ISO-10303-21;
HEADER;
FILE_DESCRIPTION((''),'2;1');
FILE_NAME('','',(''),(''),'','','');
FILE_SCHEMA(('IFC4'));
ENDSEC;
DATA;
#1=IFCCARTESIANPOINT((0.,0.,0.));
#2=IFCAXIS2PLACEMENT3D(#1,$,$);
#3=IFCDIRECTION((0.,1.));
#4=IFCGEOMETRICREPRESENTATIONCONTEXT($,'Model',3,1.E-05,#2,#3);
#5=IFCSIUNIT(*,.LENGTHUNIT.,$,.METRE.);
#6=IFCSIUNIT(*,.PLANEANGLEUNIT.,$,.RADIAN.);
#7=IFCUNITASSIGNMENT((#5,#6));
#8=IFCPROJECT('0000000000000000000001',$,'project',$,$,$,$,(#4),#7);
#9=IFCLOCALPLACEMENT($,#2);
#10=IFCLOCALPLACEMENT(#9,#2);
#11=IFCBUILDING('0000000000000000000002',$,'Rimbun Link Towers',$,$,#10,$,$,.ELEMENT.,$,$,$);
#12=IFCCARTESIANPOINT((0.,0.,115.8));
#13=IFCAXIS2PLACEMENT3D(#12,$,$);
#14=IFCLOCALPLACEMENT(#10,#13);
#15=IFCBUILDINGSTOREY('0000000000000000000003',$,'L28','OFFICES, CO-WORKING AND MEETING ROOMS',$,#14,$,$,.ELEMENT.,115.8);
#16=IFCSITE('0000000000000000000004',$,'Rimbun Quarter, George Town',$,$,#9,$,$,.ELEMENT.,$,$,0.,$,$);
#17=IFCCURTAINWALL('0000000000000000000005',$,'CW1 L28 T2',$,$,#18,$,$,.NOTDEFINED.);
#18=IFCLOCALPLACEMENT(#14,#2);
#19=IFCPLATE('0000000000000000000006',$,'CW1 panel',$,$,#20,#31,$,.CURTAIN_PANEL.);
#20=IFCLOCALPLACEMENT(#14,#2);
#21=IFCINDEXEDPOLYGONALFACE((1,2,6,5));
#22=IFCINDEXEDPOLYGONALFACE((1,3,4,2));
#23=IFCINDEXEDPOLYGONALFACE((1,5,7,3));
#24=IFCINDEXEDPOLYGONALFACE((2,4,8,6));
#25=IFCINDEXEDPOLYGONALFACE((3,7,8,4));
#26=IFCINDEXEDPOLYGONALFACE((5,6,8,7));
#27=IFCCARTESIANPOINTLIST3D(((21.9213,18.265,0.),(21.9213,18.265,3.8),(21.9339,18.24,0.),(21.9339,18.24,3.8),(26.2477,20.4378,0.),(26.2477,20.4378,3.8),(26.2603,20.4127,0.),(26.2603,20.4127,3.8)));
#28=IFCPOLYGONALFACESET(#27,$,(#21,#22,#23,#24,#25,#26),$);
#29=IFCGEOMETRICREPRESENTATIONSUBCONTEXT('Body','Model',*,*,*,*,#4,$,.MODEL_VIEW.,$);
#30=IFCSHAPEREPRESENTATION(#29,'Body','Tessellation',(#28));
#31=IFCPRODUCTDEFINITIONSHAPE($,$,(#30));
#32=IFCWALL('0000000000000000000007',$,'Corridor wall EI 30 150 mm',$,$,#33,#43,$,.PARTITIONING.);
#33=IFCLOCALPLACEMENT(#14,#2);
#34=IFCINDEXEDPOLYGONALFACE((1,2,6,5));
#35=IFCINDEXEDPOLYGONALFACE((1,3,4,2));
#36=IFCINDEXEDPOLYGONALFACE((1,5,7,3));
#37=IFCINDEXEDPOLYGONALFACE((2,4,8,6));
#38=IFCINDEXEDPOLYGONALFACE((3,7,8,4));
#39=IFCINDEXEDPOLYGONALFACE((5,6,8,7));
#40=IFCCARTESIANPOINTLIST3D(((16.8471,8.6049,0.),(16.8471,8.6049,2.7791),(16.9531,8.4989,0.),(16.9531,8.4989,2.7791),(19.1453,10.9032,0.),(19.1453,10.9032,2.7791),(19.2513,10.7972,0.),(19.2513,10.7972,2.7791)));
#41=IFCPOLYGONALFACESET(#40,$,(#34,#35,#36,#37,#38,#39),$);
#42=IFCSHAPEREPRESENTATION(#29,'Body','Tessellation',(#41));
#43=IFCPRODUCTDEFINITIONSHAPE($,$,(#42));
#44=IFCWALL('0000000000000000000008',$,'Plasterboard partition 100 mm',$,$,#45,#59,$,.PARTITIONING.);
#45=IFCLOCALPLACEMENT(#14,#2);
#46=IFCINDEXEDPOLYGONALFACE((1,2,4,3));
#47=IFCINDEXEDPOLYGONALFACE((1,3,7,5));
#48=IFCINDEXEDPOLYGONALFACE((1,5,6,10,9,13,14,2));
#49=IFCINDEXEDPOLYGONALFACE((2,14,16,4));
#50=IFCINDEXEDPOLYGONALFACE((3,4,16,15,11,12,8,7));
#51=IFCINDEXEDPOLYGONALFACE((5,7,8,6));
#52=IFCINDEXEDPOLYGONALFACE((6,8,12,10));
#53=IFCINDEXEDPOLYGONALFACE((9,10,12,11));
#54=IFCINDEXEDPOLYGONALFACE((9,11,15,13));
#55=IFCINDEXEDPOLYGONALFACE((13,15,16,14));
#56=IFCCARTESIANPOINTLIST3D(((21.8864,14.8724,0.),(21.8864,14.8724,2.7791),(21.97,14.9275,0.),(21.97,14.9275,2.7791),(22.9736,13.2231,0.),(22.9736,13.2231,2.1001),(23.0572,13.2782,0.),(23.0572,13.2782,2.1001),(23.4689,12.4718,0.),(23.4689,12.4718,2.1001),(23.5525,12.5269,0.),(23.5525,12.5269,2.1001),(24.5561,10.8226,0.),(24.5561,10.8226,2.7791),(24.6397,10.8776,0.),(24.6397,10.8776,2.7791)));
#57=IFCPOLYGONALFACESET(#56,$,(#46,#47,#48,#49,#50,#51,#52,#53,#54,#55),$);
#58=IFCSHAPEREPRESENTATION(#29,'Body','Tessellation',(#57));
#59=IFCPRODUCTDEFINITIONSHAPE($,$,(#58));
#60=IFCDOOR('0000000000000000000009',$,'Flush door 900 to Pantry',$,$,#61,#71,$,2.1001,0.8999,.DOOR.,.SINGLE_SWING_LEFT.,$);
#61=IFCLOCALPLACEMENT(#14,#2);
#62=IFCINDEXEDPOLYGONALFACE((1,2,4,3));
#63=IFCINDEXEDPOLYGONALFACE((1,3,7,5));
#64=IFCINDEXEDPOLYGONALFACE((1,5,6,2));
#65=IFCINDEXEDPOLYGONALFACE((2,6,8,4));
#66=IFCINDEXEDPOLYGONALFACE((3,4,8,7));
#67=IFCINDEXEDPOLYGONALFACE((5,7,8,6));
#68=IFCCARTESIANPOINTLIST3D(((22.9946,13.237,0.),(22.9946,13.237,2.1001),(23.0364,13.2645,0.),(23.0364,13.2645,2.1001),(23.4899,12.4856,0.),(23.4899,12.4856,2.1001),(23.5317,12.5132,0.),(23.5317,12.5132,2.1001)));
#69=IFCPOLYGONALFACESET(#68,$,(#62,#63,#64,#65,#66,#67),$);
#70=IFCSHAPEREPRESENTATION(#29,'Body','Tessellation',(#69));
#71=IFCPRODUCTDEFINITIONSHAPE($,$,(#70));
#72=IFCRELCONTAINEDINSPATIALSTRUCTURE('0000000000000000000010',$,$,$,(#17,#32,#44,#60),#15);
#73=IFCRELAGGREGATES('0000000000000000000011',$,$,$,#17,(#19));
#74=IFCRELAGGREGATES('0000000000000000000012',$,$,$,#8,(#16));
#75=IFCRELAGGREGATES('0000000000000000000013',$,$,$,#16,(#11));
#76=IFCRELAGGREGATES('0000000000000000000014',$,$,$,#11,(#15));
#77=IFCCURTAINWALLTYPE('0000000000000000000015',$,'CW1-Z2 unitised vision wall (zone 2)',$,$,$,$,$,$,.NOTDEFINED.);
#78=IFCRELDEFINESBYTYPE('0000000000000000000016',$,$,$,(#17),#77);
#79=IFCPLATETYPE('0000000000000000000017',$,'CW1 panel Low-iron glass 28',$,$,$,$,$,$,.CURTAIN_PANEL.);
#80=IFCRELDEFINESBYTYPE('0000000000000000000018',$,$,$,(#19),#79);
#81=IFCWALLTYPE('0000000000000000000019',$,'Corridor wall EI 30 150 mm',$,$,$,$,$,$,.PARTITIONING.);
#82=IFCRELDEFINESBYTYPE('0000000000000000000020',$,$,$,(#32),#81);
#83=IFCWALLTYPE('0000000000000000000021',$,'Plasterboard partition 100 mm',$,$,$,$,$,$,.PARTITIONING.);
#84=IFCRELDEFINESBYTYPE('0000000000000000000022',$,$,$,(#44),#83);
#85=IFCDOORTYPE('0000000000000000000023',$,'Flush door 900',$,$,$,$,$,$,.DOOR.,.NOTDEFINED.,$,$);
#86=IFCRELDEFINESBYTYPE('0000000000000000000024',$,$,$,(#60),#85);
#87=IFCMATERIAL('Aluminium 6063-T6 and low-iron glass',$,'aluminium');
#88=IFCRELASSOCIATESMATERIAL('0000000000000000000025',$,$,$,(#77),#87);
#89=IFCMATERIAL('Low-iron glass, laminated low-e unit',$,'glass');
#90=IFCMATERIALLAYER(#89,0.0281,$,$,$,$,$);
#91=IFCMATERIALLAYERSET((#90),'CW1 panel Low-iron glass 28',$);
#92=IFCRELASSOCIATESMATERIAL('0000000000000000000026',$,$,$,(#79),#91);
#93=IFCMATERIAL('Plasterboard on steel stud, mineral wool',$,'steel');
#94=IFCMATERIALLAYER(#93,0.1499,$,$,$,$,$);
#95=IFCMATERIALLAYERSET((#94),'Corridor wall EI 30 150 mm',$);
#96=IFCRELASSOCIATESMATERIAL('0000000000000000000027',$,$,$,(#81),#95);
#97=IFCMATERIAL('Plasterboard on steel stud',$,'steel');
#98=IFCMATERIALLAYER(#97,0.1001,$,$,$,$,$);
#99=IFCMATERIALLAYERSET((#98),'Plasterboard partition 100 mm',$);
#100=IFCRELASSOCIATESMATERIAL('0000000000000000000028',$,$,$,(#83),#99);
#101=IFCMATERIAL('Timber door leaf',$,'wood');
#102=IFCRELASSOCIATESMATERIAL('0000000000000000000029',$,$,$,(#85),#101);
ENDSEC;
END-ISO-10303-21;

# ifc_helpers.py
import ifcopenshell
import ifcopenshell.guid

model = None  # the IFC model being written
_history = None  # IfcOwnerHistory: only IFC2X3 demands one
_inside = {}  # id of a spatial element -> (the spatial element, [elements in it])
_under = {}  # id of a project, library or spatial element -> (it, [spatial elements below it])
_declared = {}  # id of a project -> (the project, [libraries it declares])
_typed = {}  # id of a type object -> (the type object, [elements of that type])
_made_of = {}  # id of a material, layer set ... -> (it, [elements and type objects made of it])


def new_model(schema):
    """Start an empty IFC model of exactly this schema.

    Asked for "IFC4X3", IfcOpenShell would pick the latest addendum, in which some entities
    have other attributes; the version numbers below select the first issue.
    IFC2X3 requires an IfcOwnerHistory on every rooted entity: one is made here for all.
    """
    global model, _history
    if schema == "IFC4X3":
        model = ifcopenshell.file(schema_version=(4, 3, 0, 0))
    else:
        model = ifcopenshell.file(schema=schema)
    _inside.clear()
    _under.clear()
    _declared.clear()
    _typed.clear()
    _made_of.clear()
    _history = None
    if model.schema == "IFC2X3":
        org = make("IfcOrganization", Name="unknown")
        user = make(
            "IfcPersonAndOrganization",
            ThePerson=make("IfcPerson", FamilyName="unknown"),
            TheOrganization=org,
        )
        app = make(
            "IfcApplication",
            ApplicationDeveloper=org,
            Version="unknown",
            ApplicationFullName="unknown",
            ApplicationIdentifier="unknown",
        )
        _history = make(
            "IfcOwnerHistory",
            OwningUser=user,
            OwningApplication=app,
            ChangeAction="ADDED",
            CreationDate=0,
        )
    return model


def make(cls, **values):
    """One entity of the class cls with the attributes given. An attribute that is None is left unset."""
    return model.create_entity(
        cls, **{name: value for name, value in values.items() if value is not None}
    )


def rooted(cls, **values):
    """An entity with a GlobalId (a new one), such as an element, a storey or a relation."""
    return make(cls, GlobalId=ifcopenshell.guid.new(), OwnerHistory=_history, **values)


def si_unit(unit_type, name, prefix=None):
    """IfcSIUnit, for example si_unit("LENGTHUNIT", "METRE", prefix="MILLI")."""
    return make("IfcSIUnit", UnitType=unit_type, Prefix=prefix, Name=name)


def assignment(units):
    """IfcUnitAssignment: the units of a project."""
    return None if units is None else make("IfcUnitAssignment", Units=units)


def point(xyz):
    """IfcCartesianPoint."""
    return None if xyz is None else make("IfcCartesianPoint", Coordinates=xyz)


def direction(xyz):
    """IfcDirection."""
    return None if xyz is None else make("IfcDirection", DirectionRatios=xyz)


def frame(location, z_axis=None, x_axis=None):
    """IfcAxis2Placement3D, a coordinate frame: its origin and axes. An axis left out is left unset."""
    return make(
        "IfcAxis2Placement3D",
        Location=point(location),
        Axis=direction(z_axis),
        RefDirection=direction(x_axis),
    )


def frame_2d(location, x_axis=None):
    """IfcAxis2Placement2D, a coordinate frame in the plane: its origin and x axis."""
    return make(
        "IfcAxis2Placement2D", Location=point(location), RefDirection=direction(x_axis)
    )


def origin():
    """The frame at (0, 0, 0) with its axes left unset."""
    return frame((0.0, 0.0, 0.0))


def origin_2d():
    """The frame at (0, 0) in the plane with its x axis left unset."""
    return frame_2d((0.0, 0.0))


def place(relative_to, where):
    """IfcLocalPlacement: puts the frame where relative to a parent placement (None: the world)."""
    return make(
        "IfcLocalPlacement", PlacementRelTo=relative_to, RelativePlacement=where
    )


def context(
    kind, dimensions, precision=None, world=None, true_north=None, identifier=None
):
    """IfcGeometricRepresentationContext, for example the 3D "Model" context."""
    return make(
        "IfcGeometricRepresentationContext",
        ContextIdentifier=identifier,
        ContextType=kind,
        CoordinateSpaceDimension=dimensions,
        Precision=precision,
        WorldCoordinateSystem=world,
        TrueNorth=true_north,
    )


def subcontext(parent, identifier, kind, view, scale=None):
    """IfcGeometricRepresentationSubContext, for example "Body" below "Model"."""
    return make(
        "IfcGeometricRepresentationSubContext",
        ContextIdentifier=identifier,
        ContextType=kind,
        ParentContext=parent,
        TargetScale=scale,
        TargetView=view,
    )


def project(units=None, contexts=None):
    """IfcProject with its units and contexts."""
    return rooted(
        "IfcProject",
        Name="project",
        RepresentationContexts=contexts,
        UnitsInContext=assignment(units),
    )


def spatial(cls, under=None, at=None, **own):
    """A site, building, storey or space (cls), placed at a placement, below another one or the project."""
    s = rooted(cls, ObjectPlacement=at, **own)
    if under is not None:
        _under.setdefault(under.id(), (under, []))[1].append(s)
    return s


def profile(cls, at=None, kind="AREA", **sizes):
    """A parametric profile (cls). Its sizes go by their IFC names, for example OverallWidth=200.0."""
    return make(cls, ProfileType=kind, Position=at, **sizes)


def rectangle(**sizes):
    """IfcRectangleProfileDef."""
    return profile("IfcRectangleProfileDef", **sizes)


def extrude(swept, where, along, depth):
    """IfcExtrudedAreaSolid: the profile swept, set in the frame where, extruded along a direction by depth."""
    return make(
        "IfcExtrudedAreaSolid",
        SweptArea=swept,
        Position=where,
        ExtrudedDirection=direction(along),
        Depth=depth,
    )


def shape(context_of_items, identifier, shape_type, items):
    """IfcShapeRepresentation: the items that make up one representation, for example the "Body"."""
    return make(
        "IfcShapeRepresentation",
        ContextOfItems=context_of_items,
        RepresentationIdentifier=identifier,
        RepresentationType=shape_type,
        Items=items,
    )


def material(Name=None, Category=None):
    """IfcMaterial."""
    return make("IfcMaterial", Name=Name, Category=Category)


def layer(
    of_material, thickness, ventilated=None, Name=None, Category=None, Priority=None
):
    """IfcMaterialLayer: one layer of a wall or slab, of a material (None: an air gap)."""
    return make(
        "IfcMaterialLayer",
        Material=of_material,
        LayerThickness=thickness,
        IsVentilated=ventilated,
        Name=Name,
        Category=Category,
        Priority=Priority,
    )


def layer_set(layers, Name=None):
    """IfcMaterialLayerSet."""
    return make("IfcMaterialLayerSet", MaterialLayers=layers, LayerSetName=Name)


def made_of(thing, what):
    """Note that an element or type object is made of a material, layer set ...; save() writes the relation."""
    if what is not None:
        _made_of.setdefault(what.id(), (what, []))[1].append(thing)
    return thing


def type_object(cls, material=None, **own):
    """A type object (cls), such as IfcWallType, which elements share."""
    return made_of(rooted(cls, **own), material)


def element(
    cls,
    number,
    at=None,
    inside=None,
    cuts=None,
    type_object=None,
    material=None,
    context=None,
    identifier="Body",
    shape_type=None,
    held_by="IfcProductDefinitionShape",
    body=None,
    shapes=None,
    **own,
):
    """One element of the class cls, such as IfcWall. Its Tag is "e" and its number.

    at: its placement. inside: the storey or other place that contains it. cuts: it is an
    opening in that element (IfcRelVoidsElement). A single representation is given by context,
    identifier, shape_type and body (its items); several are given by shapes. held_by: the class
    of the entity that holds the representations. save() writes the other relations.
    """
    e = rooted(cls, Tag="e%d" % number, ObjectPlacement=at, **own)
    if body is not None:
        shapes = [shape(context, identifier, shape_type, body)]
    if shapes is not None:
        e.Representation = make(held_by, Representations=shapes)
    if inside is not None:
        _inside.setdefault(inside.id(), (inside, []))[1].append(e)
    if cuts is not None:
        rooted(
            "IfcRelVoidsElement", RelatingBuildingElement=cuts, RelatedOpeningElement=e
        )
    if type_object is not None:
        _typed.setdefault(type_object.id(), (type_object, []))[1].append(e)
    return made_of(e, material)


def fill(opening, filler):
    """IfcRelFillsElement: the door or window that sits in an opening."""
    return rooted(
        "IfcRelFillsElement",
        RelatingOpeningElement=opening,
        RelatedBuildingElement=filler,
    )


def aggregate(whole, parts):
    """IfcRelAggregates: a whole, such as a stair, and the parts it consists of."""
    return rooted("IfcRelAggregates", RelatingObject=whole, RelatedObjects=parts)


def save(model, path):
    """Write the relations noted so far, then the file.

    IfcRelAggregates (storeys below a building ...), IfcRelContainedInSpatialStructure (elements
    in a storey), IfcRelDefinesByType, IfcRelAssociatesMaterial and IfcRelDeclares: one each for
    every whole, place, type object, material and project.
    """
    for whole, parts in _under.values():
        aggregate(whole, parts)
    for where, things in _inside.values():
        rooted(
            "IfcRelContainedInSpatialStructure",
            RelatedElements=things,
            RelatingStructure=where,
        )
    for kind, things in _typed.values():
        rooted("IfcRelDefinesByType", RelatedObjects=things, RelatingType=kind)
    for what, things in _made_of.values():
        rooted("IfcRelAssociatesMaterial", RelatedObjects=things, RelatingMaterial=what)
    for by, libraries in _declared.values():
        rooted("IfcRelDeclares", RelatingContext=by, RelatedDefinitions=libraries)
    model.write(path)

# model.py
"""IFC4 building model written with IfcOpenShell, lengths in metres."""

from ifc_helpers import new_model, si_unit, direction, frame, frame_2d, origin, origin_2d, place, context, subcontext, project, spatial, rectangle, extrude, material, layer, layer_set, type_object, element, fill, aggregate, save


model = new_model("IFC4")

# Units and contexts
model_context = context("Model", 3, precision=1e-05, world=origin(), true_north=direction((0.0, 1.0)))
body_context = subcontext(model_context, "Body", "Model", "MODEL_VIEW")
ifc_project = project(units=[si_unit("LENGTHUNIT", "METRE"), si_unit("PLANEANGLEUNIT", "RADIAN")], contexts=[model_context])

# Site, building, storey
site_placement = place(None, origin())
site = spatial("IfcSite", under=ifc_project, at=site_placement, Name="Rimbun Quarter, George Town", CompositionType="ELEMENT", RefElevation=0.0)
building_placement = place(site_placement, origin())
building = spatial("IfcBuilding", under=site, at=building_placement, Name="Rimbun Link Towers", CompositionType="ELEMENT")
storey_placement = place(building_placement, frame((0.0, 0.0, 115.8)))
storey = spatial("IfcBuildingStorey", under=building, at=storey_placement, Name="L28", Description="OFFICES, CO-WORKING AND MEETING ROOMS", CompositionType="ELEMENT", Elevation=115.8)

# Curtain wall
ifc_material_1 = material(Name="Aluminium 6063-T6 and low-iron glass", Category="aluminium")
curtain_wall_type = type_object("IfcCurtainWallType", Name="CW1-Z2 unitised vision wall (zone 2)", PredefinedType="NOTDEFINED", material=ifc_material_1)
curtain_wall_placement = place(storey_placement, origin())
curtain_wall = element("IfcCurtainWall", 1, at=curtain_wall_placement, inside=storey, type_object=curtain_wall_type, Name="CW1 L28 T2", PredefinedType="NOTDEFINED")

# Plate
ifc_material_2 = material(Name="Low-iron glass, laminated low-e unit", Category="glass")
ifc_layer_1 = layer(ifc_material_2, 0.0281)
ifc_layer_set_1 = layer_set([ifc_layer_1], Name="CW1 panel Low-iron glass 28")
plate_type = type_object("IfcPlateType", Name="CW1 panel Low-iron glass 28", PredefinedType="CURTAIN_PANEL", material=ifc_layer_set_1)
plate_placement = place(storey_placement, frame((24.0908, 19.3389, 0.0), z_axis=(0.0, 0.0, 1.0), x_axis=(0.893638, 0.448789, 0.0)))
plate = element("IfcPlate", 2, at=plate_placement, type_object=plate_type, Name="CW1 panel", PredefinedType="CURTAIN_PANEL", context=body_context, shape_type="SweptSolid", body=[
    extrude(rectangle(XDim=4.8413, YDim=0.0281, at=origin_2d()), origin(), (0.0, 0.0, 1.0), 3.8),
])
aggregate(curtain_wall, [plate])

# Wall
ifc_material_3 = material(Name="Plasterboard on steel stud, mineral wool", Category="steel")
ifc_layer_2 = layer(ifc_material_3, 0.1499)
ifc_layer_set_2 = layer_set([ifc_layer_2], Name="Corridor wall EI 30 150 mm")
wall_type_1 = type_object("IfcWallType", Name="Corridor wall EI 30 150 mm", PredefinedType="PARTITIONING", material=ifc_layer_set_2)
wall_1_placement = place(storey_placement, frame((19.1982, 10.8501, 0.0), z_axis=(0.0, 0.0, 1.0), x_axis=(-0.707107, -0.707107, 0.0)))
element("IfcWall", 3, at=wall_1_placement, inside=storey, type_object=wall_type_1, Name="Corridor wall EI 30 150 mm", PredefinedType="PARTITIONING", context=body_context, shape_type="SweptSolid", body=[
    extrude(rectangle(XDim=3.2502, YDim=0.1499, at=frame_2d((1.625, 0.0))), origin(), (0.0, 0.0, 1.0), 2.7791),
])

# Wall, opening, door
ifc_material_4 = material(Name="Plasterboard on steel stud", Category="steel")
ifc_layer_3 = layer(ifc_material_4, 0.1001)
ifc_layer_set_3 = layer_set([ifc_layer_3], Name="Plasterboard partition 100 mm")
wall_type_2 = type_object("IfcWallType", Name="Plasterboard partition 100 mm", PredefinedType="PARTITIONING", material=ifc_layer_set_3)
wall_2_placement = place(storey_placement, frame((24.5979, 10.8501, 0.0), z_axis=(0.0, 0.0, 1.0), x_axis=(-0.550384, 0.834912, 0.0)))
wall_2 = element("IfcWall", 4, at=wall_2_placement, inside=storey, type_object=wall_type_2, Name="Plasterboard partition 100 mm", PredefinedType="PARTITIONING", context=body_context, shape_type="SweptSolid", body=[
    extrude(rectangle(XDim=4.8506, YDim=0.1001, at=frame_2d((2.4253, 0.0))), origin(), (0.0, 0.0, 1.0), 2.7791),
])
opening_placement = place(wall_2_placement, frame((1.9753, 0.0, 0.0)))
opening = element("IfcOpeningElement", 5, at=opening_placement, cuts=wall_2, PredefinedType="OPENING", context=body_context, shape_type="SweptSolid", body=[
    extrude(rectangle(XDim=0.8999, YDim=2.1001, at=frame_2d((0.45, 1.05))), frame((0.0, 0.0601, 0.0), z_axis=(0.0, -1.0, 0.0), x_axis=(1.0, 0.0, 0.0)), (0.0, 0.0, 1.0), 0.1201),
])
ifc_material_5 = material(Name="Timber door leaf", Category="wood")
door_type = type_object("IfcDoorType", Name="Flush door 900", OperationType="NOTDEFINED", PredefinedType="DOOR", material=ifc_material_5)
door_placement = place(opening_placement, origin())
door = element("IfcDoor", 6, at=door_placement, inside=storey, type_object=door_type, Name="Flush door 900 to Pantry", OperationType="SINGLE_SWING_LEFT", OverallHeight=2.1001, OverallWidth=0.8999, PredefinedType="DOOR", context=body_context, shape_type="SweptSolid", body=[
    extrude(rectangle(XDim=0.8999, YDim=2.1001, at=frame_2d((0.45, 1.05))), frame((0.0, 0.0249, 0.0), z_axis=(0.0, -1.0, 0.0), x_axis=(1.0, 0.0, 0.0)), (0.0, 0.0, 1.0), 0.05),
])
fill(opening, door)

save(model, "model.ifc")
